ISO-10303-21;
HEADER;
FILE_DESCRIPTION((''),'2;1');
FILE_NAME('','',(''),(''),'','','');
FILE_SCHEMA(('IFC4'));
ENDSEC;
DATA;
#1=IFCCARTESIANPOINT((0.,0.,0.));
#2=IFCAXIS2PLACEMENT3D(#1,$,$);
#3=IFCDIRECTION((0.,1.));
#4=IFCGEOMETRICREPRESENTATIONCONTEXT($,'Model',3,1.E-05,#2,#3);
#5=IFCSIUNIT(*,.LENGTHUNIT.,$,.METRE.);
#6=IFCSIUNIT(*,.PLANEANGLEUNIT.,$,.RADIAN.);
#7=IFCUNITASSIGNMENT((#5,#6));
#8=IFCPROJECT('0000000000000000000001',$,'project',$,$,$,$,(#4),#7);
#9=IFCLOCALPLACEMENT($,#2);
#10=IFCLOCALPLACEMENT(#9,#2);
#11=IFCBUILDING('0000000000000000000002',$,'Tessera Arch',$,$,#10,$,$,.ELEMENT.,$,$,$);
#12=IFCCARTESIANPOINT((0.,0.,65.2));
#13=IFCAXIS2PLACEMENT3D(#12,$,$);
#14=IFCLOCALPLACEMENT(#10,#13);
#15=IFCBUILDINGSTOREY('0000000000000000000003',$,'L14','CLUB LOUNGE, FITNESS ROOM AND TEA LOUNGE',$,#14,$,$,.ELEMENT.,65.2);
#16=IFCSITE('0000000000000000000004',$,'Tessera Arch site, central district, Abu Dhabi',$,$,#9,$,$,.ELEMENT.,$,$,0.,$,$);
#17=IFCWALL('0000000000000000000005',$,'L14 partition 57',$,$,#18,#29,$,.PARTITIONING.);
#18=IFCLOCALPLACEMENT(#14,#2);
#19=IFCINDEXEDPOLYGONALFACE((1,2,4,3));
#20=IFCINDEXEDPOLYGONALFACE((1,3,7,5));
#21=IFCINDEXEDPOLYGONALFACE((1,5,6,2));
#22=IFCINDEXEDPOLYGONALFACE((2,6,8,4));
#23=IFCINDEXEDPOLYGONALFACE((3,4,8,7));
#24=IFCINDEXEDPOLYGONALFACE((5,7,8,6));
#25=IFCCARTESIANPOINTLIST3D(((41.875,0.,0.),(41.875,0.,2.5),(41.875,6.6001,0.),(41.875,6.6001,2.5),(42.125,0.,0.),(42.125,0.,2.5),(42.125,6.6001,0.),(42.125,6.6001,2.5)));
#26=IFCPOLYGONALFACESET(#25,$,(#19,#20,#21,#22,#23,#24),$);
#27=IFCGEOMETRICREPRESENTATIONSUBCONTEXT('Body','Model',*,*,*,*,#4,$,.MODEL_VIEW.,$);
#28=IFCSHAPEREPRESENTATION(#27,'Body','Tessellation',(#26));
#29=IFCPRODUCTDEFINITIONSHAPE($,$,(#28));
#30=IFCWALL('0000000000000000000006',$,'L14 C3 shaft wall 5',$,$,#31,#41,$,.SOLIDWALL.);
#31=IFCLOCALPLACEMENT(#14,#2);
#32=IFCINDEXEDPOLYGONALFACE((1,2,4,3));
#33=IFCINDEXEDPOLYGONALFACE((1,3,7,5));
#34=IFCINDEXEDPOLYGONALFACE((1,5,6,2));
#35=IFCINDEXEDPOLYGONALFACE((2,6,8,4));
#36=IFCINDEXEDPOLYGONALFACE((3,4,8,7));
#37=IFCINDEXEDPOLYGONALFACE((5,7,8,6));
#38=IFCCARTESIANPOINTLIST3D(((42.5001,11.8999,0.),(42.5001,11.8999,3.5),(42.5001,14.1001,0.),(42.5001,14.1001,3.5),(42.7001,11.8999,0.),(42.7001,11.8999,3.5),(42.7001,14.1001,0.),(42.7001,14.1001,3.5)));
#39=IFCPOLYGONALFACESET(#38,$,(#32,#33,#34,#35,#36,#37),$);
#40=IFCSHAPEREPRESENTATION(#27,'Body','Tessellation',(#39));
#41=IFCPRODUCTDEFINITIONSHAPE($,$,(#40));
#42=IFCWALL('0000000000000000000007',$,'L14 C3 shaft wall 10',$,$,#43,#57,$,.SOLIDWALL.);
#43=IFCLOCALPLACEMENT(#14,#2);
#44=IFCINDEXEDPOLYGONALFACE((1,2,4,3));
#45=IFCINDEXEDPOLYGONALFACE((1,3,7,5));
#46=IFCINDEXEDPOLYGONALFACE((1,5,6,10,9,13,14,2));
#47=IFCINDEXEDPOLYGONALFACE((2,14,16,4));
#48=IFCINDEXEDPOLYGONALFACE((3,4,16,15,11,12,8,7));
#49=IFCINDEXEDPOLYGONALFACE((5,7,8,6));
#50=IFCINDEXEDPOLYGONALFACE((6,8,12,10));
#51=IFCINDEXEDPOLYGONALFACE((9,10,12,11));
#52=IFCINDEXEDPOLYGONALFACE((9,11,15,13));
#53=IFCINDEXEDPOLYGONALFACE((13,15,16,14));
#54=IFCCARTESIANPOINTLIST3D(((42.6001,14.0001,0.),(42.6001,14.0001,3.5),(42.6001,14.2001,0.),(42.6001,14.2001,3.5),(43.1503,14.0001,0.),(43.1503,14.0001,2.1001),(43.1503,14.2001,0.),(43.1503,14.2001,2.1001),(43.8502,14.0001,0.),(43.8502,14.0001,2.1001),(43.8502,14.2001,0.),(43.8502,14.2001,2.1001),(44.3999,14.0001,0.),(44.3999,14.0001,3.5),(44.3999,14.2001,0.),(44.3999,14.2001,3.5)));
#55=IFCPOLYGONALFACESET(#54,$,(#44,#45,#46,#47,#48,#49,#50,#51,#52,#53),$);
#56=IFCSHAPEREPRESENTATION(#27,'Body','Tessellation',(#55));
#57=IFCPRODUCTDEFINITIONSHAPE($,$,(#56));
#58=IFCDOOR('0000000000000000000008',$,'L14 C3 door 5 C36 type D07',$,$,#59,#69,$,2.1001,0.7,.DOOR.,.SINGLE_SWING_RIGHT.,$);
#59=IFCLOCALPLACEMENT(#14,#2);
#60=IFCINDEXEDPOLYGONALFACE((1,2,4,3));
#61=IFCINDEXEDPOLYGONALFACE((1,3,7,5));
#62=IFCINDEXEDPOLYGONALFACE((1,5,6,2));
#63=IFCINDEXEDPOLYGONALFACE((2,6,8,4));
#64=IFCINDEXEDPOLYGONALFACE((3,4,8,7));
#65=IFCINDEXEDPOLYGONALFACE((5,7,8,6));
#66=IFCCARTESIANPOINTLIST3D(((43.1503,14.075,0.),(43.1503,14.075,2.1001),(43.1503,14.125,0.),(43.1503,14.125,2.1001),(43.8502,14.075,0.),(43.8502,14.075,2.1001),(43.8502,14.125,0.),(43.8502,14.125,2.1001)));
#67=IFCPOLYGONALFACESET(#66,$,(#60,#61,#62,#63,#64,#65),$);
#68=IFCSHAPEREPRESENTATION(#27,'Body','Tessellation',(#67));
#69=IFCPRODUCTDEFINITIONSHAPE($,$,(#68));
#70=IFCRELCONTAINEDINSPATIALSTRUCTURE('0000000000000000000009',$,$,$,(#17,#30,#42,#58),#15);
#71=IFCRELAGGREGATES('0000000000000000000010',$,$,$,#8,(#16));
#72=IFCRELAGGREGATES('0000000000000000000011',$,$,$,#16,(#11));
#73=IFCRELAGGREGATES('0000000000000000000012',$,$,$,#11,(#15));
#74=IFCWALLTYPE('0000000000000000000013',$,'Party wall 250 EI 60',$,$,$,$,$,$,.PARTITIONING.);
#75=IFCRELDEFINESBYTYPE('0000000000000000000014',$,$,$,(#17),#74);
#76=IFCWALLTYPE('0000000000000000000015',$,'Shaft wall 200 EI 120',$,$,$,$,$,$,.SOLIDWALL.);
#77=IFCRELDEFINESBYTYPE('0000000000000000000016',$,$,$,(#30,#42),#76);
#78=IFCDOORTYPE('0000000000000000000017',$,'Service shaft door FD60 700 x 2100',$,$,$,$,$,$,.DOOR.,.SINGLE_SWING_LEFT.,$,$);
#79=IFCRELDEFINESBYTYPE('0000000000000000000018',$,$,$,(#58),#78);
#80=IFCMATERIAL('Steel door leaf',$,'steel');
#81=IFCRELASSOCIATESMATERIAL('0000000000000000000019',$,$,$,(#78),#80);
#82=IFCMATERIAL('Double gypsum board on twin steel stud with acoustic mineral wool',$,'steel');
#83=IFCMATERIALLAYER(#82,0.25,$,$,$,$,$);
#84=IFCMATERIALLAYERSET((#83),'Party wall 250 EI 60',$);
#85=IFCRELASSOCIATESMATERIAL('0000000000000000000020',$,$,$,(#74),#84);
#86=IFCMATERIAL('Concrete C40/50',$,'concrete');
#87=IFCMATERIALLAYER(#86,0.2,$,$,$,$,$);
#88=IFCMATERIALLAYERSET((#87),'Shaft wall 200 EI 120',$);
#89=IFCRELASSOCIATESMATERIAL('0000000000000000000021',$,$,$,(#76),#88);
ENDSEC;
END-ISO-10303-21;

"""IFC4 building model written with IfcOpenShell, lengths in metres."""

from ifc_helpers import new_model, si_unit, direction, frame, frame_2d, origin, place, context, subcontext, project, spatial, rectangle, extrude, material, layer, layer_set, type_object, element, fill, save


model = new_model("IFC4")

# Units and contexts
model_context = context("Model", 3, precision=1e-05, world=origin(), true_north=direction((0.0, 1.0)))
body_context = subcontext(model_context, "Body", "Model", "MODEL_VIEW")
ifc_project = project(units=[si_unit("LENGTHUNIT", "METRE"), si_unit("PLANEANGLEUNIT", "RADIAN")], contexts=[model_context])

# Site, building, storey
site_placement = place(None, origin())
site = spatial("IfcSite", under=ifc_project, at=site_placement, Name="Tessera Arch site, central district, Abu Dhabi", CompositionType="ELEMENT", RefElevation=0.0)
building_placement = place(site_placement, origin())
building = spatial("IfcBuilding", under=site, at=building_placement, Name="Tessera Arch", CompositionType="ELEMENT")
storey_placement = place(building_placement, frame((0.0, 0.0, 65.2)))
storey = spatial("IfcBuildingStorey", under=building, at=storey_placement, Name="L14", Description="CLUB LOUNGE, FITNESS ROOM AND TEA LOUNGE", CompositionType="ELEMENT", Elevation=65.2)

# Shared definitions
ifc_material_1 = material(Name="Steel door leaf", Category="steel")
door_type_1 = type_object("IfcDoorType", Name="Service shaft door FD60 700 x 2100", OperationType="SINGLE_SWING_LEFT", PredefinedType="DOOR", material=ifc_material_1)

# Walls
ifc_material_2 = material(Name="Double gypsum board on twin steel stud with acoustic mineral wool", Category="steel")
ifc_layer_1 = layer(ifc_material_2, 0.25)
ifc_layer_set_1 = layer_set([ifc_layer_1], Name="Party wall 250 EI 60")
wall_type_1 = type_object("IfcWallType", Name="Party wall 250 EI 60", PredefinedType="PARTITIONING", material=ifc_layer_set_1)
wall_1_placement = place(storey_placement, frame((42.0, 0.0, 0.0), z_axis=(0.0, 0.0, 1.0), x_axis=(0.0, 1.0, 0.0)))
element("IfcWall", 1, at=wall_1_placement, inside=storey, type_object=wall_type_1, Name="L14 partition 57", PredefinedType="PARTITIONING", context=body_context, shape_type="SweptSolid", body=[
    extrude(rectangle(XDim=6.6001, YDim=0.25, at=frame_2d((3.3, 0.0))), origin(), (0.0, 0.0, 1.0), 2.5),
])
ifc_material_3 = material(Name="Concrete C40/50", Category="concrete")
ifc_layer_2 = layer(ifc_material_3, 0.2)
ifc_layer_set_2 = layer_set([ifc_layer_2], Name="Shaft wall 200 EI 120")
wall_type_2 = type_object("IfcWallType", Name="Shaft wall 200 EI 120", PredefinedType="SOLIDWALL", material=ifc_layer_set_2)
wall_2_placement = place(storey_placement, frame((42.6001, 11.8999, 0.0), z_axis=(0.0, 0.0, 1.0), x_axis=(0.0, 1.0, 0.0)))
element("IfcWall", 2, at=wall_2_placement, inside=storey, type_object=wall_type_2, Name="L14 C3 shaft wall 5", PredefinedType="SOLIDWALL", context=body_context, shape_type="SweptSolid", body=[
    extrude(rectangle(XDim=2.2002, YDim=0.2, at=frame_2d((1.1001, 0.0))), origin(), (0.0, 0.0, 1.0), 3.5),
])

# Wall, opening, door
wall_3_placement = place(storey_placement, frame((42.6001, 14.1001, 0.0), z_axis=(0.0, 0.0, 1.0), x_axis=(1.0, 0.0, 0.0)))
wall_3 = element("IfcWall", 3, at=wall_3_placement, inside=storey, type_object=wall_type_2, Name="L14 C3 shaft wall 10", PredefinedType="SOLIDWALL", context=body_context, shape_type="SweptSolid", body=[
    extrude(rectangle(XDim=1.7998, YDim=0.2, at=frame_2d((0.8999, 0.0))), origin(), (0.0, 0.0, 1.0), 3.5),
])
opening_1_placement = place(wall_3_placement, frame((0.55, 0.0, 0.0)))
opening_1 = element("IfcOpeningElement", 4, at=opening_1_placement, cuts=wall_3, PredefinedType="OPENING", context=body_context, shape_type="SweptSolid", body=[
    extrude(rectangle(XDim=0.7, YDim=2.1001, at=frame_2d((0.3501, 1.05))), frame((0.0, 0.1099, 0.0), z_axis=(0.0, -1.0, 0.0), x_axis=(1.0, 0.0, 0.0)), (0.0, 0.0, 1.0), 0.22),
])
door_1_placement = place(opening_1_placement, origin())
door_1 = element("IfcDoor", 5, at=door_1_placement, inside=storey, type_object=door_type_1, Name="L14 C3 door 5 C36 type D07", OperationType="SINGLE_SWING_RIGHT", OverallHeight=2.1001, OverallWidth=0.7, PredefinedType="DOOR", context=body_context, shape_type="SweptSolid", body=[
    extrude(rectangle(XDim=0.7, YDim=2.1001, at=frame_2d((0.3501, 1.05))), frame((0.0, 0.0249, 0.0), z_axis=(0.0, -1.0, 0.0), x_axis=(1.0, 0.0, 0.0)), (0.0, 0.0, 1.0), 0.05),
])
fill(opening_1, door_1)

save(model, "model.ifc")
